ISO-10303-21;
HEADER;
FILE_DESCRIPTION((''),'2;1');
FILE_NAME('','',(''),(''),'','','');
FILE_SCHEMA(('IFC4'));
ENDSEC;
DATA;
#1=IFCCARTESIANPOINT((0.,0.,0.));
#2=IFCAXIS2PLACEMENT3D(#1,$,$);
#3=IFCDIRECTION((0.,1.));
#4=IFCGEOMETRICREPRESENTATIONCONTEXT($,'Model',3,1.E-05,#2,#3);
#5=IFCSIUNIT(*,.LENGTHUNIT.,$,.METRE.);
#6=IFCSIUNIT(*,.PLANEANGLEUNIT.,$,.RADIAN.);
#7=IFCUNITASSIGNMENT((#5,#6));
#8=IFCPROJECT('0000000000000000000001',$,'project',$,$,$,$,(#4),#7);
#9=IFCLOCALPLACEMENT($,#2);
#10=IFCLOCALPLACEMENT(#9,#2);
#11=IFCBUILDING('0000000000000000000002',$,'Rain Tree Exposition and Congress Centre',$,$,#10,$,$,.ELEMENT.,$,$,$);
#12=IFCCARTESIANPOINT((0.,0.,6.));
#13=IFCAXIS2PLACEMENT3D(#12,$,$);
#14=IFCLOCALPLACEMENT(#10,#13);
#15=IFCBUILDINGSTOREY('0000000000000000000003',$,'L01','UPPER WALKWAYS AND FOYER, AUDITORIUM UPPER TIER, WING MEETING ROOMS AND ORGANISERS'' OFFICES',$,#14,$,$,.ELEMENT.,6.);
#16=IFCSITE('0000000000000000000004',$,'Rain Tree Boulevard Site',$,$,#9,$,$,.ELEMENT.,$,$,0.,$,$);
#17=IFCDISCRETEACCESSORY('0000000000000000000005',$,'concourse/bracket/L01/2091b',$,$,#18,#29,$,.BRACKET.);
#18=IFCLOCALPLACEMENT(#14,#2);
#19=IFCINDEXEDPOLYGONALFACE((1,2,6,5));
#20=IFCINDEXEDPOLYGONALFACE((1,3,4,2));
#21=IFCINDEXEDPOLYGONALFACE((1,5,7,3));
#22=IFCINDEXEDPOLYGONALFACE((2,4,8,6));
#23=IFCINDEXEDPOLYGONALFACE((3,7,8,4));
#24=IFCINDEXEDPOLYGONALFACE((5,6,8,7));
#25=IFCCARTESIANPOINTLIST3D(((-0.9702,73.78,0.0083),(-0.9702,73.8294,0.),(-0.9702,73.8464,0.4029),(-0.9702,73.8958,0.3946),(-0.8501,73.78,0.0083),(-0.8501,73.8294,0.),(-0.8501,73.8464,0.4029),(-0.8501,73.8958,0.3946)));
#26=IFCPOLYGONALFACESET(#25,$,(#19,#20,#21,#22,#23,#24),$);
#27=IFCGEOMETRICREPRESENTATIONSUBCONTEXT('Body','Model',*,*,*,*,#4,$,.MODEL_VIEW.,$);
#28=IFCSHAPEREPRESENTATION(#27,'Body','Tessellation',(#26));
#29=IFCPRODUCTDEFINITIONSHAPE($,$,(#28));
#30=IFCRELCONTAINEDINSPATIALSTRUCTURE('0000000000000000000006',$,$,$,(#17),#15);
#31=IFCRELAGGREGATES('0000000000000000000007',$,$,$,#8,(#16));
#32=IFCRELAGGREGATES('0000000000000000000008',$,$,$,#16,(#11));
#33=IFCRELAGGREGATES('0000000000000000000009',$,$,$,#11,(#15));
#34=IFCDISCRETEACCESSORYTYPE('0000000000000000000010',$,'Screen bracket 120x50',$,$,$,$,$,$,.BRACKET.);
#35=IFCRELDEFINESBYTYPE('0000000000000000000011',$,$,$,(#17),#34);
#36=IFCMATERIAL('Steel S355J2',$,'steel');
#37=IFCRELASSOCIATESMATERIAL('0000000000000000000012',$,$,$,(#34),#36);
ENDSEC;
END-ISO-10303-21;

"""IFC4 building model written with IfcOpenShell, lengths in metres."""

from ifc_helpers import new_model, si_unit, direction, frame, origin, origin_2d, place, context, subcontext, project, spatial, rectangle, extrude, material, material_profile, profile_set, type_object, element, save


model = new_model("IFC4")

# Units and contexts
model_context = context("Model", 3, precision=1e-05, world=origin(), true_north=direction((0.0, 1.0)))
body_context = subcontext(model_context, "Body", "Model", "MODEL_VIEW")
ifc_project = project(units=[si_unit("LENGTHUNIT", "METRE"), si_unit("PLANEANGLEUNIT", "RADIAN")], contexts=[model_context])

# Site, building, storey
site_placement = place(None, origin())
site = spatial("IfcSite", under=ifc_project, at=site_placement, Name="Rain Tree Boulevard Site", CompositionType="ELEMENT", RefElevation=0.0)
building_placement = place(site_placement, origin())
building = spatial("IfcBuilding", under=site, at=building_placement, Name="Rain Tree Exposition and Congress Centre", CompositionType="ELEMENT")
storey_placement = place(building_placement, frame((0.0, 0.0, 6.0)))
storey = spatial("IfcBuildingStorey", under=building, at=storey_placement, Name="L01", Description="UPPER WALKWAYS AND FOYER, AUDITORIUM UPPER TIER, WING MEETING ROOMS AND ORGANISERS' OFFICES", CompositionType="ELEMENT", Elevation=6.0)

# Discrete accessory
ifc_material_1 = material(Name="Steel S355J2", Category="steel")
ifc_material_profile_1 = material_profile(ifc_material_1, rectangle(XDim=0.1201, YDim=0.05, at=origin_2d()), Name="Flat bar 120x50")
ifc_profile_set_1 = profile_set([ifc_material_profile_1], Name="Steel S355J2")
discrete_accessory_type = type_object("IfcDiscreteAccessoryType", Name="Screen bracket 120x50", PredefinedType="BRACKET", material=ifc_profile_set_1)
for number, where, z_axis, x_axis, name in (
    (1, (-0.9102, 73.8047, 0.0042), (0.0, 0.165982, 0.986129), (-1.0, 0.0, 0.0), "concourse/bracket/L01/2091b"),
):
    element("IfcDiscreteAccessory", number, at=place(storey_placement, frame(where, z_axis=z_axis, x_axis=x_axis)), inside=storey, type_object=discrete_accessory_type, Name=name, PredefinedType="BRACKET", context=body_context, shape_type="SweptSolid", body=[
        extrude(rectangle(XDim=0.1201, YDim=0.05, at=origin_2d()), origin(), (0.0, 0.0, 1.0), 0.4001),
    ])

save(model, "model.ifc")
